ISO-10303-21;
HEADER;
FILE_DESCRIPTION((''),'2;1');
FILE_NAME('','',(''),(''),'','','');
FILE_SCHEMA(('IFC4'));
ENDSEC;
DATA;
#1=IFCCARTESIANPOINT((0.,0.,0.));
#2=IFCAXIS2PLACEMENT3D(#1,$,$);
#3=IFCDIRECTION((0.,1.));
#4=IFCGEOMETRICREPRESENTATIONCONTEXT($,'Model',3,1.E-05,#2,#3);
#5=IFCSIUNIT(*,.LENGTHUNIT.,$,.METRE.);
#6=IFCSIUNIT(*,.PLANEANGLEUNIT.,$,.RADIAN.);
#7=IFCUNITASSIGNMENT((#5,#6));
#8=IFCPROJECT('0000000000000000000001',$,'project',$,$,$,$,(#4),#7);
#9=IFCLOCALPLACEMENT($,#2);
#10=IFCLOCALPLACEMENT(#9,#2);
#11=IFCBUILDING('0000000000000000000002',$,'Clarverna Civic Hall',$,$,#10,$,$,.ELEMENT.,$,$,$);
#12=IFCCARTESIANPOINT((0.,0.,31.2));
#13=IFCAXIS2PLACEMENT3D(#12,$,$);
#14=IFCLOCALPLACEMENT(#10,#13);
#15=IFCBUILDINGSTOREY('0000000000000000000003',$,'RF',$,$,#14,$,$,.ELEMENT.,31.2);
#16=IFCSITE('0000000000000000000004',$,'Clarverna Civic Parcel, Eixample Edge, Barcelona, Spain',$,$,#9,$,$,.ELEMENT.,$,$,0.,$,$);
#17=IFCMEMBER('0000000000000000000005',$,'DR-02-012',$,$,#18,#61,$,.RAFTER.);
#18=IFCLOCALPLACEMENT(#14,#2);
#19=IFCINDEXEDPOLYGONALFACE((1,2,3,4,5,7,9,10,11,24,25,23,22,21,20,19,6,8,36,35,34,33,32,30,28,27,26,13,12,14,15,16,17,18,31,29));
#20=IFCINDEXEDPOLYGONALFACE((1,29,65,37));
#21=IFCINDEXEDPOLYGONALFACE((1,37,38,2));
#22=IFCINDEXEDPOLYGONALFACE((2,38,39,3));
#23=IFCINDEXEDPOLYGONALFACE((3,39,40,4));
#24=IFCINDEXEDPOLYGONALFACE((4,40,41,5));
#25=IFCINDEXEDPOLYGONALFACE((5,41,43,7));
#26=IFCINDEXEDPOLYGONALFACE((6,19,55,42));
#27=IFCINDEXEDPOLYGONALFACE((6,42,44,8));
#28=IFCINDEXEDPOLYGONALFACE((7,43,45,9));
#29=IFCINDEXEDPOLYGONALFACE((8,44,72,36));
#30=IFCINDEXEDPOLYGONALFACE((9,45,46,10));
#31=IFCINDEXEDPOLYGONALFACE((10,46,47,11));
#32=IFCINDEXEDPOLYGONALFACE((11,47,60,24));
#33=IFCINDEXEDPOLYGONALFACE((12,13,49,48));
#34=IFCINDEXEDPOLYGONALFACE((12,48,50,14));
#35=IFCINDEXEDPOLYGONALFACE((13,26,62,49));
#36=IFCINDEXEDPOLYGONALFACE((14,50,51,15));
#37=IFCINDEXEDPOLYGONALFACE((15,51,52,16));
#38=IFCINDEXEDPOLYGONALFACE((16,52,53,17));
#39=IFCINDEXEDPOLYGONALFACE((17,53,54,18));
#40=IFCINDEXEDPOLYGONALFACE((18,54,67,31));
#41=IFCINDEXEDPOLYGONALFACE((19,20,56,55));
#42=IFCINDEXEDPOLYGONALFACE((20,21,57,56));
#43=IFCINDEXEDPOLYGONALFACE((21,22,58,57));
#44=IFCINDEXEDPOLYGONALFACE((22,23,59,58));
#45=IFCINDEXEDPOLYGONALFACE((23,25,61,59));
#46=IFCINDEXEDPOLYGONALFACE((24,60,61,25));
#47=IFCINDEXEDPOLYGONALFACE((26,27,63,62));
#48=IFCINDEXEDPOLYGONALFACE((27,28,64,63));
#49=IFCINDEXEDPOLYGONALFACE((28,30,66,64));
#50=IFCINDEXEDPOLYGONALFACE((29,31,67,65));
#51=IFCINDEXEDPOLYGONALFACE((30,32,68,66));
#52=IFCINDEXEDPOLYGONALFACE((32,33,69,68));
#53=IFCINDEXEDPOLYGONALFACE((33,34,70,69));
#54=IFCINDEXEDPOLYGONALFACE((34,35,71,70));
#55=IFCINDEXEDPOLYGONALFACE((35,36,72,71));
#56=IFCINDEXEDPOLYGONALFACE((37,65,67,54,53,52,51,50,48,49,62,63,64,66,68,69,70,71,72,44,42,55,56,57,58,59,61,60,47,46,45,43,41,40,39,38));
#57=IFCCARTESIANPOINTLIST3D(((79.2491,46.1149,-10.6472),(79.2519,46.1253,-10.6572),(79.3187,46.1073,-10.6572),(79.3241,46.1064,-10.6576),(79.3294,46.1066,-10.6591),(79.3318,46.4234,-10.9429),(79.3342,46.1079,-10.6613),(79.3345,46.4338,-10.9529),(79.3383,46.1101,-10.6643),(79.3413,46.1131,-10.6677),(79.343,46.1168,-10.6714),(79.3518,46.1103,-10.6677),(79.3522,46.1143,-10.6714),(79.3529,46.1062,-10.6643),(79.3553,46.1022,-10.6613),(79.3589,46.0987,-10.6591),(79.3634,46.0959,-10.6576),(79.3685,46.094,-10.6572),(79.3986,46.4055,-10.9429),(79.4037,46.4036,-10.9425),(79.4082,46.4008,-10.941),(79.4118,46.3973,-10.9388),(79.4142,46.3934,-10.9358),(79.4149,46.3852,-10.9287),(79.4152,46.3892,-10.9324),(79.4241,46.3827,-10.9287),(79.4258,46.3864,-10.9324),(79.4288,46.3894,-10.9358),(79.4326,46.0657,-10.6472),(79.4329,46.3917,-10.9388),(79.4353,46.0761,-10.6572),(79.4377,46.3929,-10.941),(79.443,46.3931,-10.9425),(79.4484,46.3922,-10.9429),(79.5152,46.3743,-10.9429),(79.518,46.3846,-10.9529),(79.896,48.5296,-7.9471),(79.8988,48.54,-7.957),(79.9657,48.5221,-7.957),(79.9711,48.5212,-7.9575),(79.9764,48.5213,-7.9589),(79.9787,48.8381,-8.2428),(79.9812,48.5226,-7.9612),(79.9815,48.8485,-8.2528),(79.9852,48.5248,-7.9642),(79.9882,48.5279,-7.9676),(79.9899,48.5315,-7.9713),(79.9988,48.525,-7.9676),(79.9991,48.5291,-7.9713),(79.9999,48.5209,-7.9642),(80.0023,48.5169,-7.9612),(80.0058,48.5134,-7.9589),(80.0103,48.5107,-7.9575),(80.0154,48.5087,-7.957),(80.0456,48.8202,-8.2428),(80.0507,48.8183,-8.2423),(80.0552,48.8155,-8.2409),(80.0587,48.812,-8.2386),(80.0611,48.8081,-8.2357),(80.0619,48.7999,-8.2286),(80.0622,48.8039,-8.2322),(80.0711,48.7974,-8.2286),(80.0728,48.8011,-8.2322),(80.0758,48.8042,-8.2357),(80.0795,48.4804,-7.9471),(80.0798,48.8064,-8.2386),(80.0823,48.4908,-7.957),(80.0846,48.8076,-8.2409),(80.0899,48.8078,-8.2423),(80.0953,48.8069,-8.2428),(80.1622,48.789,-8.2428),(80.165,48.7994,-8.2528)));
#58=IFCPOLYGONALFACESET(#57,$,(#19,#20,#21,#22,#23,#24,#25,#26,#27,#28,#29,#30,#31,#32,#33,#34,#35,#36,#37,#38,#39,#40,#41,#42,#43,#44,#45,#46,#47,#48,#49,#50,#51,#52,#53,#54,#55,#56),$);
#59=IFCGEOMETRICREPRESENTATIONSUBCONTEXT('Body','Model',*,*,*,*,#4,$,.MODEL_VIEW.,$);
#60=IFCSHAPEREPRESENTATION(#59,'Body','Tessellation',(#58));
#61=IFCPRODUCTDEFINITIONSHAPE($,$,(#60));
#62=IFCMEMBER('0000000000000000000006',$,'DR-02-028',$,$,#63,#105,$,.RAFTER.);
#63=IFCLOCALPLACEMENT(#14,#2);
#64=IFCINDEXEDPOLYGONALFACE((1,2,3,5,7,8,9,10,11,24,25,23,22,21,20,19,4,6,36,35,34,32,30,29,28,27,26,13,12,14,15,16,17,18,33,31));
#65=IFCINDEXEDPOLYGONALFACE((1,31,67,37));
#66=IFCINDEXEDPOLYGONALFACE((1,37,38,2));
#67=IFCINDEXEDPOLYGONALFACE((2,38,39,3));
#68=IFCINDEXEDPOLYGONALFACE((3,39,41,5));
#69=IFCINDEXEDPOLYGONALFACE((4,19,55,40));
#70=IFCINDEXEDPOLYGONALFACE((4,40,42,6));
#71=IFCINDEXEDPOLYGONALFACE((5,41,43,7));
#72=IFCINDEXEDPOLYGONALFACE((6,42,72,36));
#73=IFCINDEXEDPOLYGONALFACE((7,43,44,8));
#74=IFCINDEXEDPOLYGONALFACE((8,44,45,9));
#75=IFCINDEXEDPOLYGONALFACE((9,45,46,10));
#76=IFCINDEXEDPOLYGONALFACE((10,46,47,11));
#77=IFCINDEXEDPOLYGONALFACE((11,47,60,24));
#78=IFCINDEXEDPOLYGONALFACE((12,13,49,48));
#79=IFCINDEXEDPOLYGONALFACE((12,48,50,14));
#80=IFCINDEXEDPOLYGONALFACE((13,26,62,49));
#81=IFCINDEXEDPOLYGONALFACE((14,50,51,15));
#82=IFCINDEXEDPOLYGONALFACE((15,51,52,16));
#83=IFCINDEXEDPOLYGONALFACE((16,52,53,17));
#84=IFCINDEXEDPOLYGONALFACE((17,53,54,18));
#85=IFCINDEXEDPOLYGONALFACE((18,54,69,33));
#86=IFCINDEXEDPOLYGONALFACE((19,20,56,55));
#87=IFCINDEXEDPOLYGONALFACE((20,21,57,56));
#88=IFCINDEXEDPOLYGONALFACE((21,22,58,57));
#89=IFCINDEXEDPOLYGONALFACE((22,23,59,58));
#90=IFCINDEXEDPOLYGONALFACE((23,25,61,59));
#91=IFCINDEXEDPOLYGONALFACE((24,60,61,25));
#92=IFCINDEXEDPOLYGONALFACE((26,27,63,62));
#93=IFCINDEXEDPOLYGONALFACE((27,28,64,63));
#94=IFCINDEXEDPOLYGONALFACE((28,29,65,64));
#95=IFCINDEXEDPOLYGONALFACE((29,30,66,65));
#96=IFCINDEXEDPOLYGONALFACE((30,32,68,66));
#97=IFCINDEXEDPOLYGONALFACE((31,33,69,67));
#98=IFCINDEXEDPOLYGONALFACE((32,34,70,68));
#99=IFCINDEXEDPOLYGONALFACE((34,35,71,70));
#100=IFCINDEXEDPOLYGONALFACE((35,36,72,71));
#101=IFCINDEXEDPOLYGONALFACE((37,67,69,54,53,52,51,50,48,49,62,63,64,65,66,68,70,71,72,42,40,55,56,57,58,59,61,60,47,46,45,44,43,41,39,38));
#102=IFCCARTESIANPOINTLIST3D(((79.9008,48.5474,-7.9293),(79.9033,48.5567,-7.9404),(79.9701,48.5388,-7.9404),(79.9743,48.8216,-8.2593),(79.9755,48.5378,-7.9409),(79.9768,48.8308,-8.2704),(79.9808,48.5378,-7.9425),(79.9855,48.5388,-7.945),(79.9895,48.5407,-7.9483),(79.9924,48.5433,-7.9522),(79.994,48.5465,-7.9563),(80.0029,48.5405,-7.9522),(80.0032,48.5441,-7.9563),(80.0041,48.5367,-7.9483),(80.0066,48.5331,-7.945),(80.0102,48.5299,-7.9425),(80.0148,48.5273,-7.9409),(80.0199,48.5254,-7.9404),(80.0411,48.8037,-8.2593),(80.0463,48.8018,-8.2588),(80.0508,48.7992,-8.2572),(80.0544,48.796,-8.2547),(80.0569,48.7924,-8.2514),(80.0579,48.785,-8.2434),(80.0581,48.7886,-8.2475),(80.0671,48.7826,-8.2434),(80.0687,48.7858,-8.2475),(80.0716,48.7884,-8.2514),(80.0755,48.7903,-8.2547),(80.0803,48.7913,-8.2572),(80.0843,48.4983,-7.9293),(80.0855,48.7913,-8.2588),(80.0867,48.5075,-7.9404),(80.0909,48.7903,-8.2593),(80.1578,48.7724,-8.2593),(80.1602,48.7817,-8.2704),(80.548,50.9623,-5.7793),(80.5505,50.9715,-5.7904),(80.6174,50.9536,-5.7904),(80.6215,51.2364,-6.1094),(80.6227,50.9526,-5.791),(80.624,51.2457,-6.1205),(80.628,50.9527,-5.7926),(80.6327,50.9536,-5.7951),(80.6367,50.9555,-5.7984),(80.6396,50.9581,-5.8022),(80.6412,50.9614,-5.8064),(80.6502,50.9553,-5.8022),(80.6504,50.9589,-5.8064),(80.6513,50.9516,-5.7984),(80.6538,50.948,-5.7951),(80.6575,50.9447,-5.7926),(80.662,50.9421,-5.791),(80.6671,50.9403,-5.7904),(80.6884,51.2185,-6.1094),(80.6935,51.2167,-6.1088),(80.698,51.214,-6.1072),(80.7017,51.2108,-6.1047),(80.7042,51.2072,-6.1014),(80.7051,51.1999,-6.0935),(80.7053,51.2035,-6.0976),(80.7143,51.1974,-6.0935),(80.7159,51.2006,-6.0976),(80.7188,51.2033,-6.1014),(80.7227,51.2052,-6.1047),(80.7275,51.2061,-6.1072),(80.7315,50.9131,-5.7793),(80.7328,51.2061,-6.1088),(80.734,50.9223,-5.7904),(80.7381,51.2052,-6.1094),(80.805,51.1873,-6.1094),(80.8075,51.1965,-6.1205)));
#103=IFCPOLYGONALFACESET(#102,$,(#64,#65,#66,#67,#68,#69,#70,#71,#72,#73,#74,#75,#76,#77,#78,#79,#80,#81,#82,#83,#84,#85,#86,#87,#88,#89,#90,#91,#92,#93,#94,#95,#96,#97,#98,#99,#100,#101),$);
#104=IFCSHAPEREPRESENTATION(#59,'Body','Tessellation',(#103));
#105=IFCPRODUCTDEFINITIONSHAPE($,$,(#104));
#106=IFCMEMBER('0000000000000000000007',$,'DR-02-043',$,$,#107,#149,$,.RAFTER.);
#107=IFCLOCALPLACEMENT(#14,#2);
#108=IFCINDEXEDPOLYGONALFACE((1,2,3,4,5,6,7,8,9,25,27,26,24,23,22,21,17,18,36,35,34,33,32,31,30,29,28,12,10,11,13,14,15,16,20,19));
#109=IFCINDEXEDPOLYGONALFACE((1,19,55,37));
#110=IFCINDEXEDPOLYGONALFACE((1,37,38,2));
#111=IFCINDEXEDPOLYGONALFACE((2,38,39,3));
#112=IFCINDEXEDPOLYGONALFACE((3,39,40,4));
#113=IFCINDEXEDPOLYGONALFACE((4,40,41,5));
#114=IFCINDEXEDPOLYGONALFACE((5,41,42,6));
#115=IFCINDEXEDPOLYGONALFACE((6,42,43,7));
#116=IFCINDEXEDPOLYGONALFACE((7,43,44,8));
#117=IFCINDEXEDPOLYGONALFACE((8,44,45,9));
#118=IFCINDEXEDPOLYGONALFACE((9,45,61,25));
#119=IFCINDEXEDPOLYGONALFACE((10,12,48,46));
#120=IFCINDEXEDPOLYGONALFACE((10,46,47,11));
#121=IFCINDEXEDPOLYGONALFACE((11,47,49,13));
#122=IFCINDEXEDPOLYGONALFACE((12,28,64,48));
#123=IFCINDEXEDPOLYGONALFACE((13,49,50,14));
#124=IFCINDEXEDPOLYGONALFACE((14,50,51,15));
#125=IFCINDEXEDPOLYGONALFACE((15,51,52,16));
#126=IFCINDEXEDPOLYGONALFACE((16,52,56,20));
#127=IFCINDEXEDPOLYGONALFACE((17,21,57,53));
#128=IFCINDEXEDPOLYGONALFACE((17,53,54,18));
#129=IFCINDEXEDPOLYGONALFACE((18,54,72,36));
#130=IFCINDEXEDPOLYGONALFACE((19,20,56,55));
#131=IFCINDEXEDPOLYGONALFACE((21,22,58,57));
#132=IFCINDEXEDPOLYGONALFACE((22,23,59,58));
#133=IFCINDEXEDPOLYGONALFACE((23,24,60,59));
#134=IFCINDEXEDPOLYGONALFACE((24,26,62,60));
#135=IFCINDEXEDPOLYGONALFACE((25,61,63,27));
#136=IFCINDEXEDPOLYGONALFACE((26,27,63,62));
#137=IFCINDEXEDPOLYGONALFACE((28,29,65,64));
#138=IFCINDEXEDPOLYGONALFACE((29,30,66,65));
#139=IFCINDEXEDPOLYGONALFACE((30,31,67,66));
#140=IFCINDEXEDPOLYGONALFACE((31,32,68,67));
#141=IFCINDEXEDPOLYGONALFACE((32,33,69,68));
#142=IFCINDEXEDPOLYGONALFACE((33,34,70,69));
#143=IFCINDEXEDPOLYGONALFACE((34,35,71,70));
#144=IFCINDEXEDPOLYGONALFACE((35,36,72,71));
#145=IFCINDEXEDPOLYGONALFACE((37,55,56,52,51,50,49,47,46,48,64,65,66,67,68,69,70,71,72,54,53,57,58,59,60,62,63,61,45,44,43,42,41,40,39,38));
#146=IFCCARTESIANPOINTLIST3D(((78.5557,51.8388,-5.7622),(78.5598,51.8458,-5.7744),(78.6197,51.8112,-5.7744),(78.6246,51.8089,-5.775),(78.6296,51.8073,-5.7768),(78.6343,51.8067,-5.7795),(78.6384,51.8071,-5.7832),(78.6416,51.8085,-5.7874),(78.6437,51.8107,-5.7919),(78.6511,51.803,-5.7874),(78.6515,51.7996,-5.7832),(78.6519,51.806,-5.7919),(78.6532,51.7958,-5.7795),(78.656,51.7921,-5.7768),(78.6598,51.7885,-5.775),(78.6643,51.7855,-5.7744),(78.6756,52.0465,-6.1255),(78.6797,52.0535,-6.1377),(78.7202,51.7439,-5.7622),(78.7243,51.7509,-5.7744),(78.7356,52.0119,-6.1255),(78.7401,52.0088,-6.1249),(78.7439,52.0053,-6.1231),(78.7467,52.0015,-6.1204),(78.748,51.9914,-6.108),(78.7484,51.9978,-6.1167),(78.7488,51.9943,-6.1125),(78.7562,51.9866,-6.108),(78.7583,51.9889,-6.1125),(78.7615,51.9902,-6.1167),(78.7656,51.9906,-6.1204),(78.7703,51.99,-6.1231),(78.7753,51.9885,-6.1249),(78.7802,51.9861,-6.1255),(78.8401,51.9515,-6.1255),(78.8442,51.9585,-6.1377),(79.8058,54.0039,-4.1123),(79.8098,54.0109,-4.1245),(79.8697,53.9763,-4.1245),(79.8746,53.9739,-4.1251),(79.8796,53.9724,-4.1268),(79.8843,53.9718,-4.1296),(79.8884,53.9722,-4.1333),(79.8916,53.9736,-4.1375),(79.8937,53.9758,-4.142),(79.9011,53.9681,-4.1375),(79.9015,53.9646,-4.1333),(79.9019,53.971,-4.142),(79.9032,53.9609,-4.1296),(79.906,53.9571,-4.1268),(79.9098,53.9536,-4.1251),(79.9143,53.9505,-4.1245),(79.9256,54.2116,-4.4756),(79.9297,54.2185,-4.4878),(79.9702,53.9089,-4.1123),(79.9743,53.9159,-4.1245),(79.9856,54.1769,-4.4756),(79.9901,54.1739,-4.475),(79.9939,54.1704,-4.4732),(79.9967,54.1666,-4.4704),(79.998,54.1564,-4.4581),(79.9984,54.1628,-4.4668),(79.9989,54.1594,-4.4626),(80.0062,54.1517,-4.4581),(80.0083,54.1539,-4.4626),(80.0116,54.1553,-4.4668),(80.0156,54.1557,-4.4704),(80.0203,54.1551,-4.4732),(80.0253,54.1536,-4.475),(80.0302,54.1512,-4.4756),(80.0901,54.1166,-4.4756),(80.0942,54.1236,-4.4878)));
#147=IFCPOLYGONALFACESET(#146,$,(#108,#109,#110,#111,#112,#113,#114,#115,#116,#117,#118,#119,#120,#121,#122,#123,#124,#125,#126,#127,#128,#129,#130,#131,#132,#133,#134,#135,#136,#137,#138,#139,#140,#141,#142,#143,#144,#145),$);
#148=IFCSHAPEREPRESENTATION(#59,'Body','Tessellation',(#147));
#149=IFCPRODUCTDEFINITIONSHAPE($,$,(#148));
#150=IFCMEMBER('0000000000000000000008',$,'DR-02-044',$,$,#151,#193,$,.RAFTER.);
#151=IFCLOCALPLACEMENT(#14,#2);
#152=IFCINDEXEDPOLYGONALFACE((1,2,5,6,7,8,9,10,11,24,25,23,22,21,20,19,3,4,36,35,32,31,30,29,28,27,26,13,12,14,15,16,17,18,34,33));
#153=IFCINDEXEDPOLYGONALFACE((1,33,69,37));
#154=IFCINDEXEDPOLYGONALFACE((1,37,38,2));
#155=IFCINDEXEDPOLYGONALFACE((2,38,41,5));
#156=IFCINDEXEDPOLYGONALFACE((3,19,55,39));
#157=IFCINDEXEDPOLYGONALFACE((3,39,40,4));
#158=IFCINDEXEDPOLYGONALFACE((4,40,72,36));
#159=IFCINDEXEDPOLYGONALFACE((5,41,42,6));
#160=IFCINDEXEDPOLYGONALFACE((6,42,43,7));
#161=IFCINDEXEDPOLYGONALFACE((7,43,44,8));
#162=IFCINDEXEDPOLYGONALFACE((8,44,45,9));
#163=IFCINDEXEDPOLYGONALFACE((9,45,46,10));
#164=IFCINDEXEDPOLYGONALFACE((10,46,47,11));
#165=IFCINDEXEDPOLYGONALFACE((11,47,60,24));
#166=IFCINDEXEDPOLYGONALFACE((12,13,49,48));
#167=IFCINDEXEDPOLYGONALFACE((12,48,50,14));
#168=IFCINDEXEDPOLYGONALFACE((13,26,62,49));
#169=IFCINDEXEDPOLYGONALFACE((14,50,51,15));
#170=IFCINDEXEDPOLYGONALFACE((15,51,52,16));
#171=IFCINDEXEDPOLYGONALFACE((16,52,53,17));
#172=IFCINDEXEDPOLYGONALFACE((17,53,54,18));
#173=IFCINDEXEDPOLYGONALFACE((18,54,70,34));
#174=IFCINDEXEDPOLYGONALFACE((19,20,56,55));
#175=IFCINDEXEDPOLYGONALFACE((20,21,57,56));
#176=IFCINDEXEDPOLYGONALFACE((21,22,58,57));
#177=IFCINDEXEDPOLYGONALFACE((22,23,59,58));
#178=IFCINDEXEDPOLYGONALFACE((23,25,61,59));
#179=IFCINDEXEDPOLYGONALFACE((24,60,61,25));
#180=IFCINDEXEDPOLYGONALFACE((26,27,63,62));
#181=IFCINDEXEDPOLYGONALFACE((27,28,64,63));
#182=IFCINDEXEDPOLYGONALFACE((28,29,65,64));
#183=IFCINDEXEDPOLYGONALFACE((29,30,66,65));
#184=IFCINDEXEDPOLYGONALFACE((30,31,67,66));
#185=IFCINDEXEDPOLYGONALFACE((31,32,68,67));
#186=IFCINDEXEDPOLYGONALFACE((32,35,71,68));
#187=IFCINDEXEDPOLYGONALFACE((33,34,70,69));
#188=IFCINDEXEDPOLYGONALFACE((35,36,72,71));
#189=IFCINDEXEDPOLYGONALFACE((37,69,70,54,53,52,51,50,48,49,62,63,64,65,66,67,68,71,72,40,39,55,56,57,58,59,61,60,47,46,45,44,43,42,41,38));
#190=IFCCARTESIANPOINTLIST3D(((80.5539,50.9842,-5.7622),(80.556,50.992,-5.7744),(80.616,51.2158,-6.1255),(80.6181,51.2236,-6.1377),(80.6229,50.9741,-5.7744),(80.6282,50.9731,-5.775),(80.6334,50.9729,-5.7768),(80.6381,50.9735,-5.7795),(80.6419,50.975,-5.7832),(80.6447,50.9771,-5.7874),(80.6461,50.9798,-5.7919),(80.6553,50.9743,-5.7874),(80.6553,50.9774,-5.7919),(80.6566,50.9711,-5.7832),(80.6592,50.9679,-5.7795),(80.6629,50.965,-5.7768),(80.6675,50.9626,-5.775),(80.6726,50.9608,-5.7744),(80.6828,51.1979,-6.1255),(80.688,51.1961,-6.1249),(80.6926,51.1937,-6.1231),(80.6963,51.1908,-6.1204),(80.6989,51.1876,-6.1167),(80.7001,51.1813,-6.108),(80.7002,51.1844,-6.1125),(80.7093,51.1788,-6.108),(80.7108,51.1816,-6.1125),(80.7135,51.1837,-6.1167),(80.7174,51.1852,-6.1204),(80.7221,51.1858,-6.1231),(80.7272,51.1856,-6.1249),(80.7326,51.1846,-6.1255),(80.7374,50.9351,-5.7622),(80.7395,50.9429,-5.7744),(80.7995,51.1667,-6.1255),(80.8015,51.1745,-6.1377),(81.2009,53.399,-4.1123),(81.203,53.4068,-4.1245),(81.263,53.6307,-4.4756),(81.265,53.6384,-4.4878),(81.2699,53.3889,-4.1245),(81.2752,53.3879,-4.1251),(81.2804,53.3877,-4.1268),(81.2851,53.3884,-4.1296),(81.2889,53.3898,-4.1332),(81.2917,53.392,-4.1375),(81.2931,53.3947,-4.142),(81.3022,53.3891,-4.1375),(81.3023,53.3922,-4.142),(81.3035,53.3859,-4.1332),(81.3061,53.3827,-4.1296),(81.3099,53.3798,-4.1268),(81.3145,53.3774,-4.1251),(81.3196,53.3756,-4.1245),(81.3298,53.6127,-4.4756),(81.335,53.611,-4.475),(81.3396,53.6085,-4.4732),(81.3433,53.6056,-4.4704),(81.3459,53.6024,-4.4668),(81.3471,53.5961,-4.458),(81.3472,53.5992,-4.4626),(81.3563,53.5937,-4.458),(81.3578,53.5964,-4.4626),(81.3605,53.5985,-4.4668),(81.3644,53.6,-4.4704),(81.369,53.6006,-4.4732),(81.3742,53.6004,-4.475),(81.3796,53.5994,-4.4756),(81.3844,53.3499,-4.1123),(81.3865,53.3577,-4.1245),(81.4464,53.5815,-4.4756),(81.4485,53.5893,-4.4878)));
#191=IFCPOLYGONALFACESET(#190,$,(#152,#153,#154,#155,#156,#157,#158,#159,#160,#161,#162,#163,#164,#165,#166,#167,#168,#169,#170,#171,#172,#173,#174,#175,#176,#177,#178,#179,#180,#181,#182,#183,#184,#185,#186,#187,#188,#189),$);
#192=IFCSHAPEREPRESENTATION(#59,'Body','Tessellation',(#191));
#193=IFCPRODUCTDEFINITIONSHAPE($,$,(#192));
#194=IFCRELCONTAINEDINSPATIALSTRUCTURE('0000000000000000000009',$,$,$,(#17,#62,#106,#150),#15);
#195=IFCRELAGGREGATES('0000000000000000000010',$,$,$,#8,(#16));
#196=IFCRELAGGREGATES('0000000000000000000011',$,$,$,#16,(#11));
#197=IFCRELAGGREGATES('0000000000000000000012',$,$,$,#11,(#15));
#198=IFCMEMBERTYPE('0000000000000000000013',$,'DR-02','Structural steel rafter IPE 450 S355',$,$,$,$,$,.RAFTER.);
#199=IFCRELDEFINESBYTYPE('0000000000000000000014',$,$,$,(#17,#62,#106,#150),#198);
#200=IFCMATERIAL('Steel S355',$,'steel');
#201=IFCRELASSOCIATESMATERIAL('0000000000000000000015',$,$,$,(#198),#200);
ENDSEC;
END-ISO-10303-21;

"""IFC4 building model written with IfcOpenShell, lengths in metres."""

from ifc_helpers import new_model, si_unit, direction, frame, origin, origin_2d, place, context, subcontext, project, spatial, i_section, extrude, material, material_profile, profile_set, type_object, element, save


model = new_model("IFC4")

# Units and contexts
model_context = context("Model", 3, precision=1e-05, world=origin(), true_north=direction((0.0, 1.0)))
body_context = subcontext(model_context, "Body", "Model", "MODEL_VIEW")
ifc_project = project(units=[si_unit("LENGTHUNIT", "METRE"), si_unit("PLANEANGLEUNIT", "RADIAN")], contexts=[model_context])

# Site, building, storey
site_placement = place(None, origin())
site = spatial("IfcSite", under=ifc_project, at=site_placement, Name="Clarverna Civic Parcel, Eixample Edge, Barcelona, Spain", CompositionType="ELEMENT", RefElevation=0.0)
building_placement = place(site_placement, origin())
building = spatial("IfcBuilding", under=site, at=building_placement, Name="Clarverna Civic Hall", CompositionType="ELEMENT")
storey_placement = place(building_placement, frame((0.0, 0.0, 31.2)))
storey = spatial("IfcBuildingStorey", under=building, at=storey_placement, Name="RF", CompositionType="ELEMENT", Elevation=31.2)

# Members
ifc_material_1 = material(Name="Steel S355", Category="steel")
ifc_material_profile_1 = material_profile(ifc_material_1, i_section(OverallWidth=0.1899, OverallDepth=0.45, WebThickness=0.0095, FlangeThickness=0.0146, FilletRadius=0.021, at=origin_2d()), Name="IPE 450")
ifc_profile_set_1 = profile_set([ifc_material_profile_1], Name="Steel S355")
member_type_1 = type_object("IfcMemberType", Name="DR-02", Description="Structural steel rafter IPE 450 S355", PredefinedType="RAFTER", material=ifc_profile_set_1)
member_1_placement = place(storey_placement, frame((79.3835, 46.2498, -10.8), z_axis=(0.175818, 0.656232, 0.73379), x_axis=(-0.965933, 0.258793, 0.0)))
element("IfcMember", 1, at=member_1_placement, inside=storey, type_object=member_type_1, Name="DR-02-012", PredefinedType="RAFTER", context=body_context, shape_type="SweptSolid", body=[
    extrude(i_section(OverallWidth=0.1899, OverallDepth=0.45, WebThickness=0.0095, FlangeThickness=0.0146, FilletRadius=0.021, at=origin_2d()), origin(), (0.0, 0.0, 1.0), 3.6797),
])
member_2_placement = place(storey_placement, frame((80.0305, 48.6646, -8.0999), z_axis=(0.196287, 0.732355, 0.652019), x_axis=(-0.965908, 0.258884, 0.0)))
element("IfcMember", 2, at=member_2_placement, inside=storey, type_object=member_type_1, Name="DR-02-028", PredefinedType="RAFTER", context=body_context, shape_type="SweptSolid", body=[
    extrude(i_section(OverallWidth=0.1899, OverallDepth=0.45, WebThickness=0.0095, FlangeThickness=0.0146, FilletRadius=0.021, at=origin_2d()), origin(), (0.0, 0.0, 1.0), 3.2974),
])
for number, where, z_axis, x_axis, name in (
    (3, (78.7, 51.8987, -5.95), (0.417315, 0.722802, 0.550823), (-0.866023, 0.500004, 0.0), "DR-02-043"),
    (4, (80.6777, 51.0793, -5.95), (0.215994, 0.806187, 0.550825), (-0.965933, 0.258793, 0.0), "DR-02-044"),
):
    element("IfcMember", number, at=place(storey_placement, frame(where, z_axis=z_axis, x_axis=x_axis)), inside=storey, type_object=member_type_1, Name=name, PredefinedType="RAFTER", context=body_context, shape_type="SweptSolid", body=[
        extrude(i_section(OverallWidth=0.1899, OverallDepth=0.45, WebThickness=0.0095, FlangeThickness=0.0146, FilletRadius=0.021, at=origin_2d()), origin(), (0.0, 0.0, 1.0), 2.9954),
    ])

save(model, "model.ifc")
